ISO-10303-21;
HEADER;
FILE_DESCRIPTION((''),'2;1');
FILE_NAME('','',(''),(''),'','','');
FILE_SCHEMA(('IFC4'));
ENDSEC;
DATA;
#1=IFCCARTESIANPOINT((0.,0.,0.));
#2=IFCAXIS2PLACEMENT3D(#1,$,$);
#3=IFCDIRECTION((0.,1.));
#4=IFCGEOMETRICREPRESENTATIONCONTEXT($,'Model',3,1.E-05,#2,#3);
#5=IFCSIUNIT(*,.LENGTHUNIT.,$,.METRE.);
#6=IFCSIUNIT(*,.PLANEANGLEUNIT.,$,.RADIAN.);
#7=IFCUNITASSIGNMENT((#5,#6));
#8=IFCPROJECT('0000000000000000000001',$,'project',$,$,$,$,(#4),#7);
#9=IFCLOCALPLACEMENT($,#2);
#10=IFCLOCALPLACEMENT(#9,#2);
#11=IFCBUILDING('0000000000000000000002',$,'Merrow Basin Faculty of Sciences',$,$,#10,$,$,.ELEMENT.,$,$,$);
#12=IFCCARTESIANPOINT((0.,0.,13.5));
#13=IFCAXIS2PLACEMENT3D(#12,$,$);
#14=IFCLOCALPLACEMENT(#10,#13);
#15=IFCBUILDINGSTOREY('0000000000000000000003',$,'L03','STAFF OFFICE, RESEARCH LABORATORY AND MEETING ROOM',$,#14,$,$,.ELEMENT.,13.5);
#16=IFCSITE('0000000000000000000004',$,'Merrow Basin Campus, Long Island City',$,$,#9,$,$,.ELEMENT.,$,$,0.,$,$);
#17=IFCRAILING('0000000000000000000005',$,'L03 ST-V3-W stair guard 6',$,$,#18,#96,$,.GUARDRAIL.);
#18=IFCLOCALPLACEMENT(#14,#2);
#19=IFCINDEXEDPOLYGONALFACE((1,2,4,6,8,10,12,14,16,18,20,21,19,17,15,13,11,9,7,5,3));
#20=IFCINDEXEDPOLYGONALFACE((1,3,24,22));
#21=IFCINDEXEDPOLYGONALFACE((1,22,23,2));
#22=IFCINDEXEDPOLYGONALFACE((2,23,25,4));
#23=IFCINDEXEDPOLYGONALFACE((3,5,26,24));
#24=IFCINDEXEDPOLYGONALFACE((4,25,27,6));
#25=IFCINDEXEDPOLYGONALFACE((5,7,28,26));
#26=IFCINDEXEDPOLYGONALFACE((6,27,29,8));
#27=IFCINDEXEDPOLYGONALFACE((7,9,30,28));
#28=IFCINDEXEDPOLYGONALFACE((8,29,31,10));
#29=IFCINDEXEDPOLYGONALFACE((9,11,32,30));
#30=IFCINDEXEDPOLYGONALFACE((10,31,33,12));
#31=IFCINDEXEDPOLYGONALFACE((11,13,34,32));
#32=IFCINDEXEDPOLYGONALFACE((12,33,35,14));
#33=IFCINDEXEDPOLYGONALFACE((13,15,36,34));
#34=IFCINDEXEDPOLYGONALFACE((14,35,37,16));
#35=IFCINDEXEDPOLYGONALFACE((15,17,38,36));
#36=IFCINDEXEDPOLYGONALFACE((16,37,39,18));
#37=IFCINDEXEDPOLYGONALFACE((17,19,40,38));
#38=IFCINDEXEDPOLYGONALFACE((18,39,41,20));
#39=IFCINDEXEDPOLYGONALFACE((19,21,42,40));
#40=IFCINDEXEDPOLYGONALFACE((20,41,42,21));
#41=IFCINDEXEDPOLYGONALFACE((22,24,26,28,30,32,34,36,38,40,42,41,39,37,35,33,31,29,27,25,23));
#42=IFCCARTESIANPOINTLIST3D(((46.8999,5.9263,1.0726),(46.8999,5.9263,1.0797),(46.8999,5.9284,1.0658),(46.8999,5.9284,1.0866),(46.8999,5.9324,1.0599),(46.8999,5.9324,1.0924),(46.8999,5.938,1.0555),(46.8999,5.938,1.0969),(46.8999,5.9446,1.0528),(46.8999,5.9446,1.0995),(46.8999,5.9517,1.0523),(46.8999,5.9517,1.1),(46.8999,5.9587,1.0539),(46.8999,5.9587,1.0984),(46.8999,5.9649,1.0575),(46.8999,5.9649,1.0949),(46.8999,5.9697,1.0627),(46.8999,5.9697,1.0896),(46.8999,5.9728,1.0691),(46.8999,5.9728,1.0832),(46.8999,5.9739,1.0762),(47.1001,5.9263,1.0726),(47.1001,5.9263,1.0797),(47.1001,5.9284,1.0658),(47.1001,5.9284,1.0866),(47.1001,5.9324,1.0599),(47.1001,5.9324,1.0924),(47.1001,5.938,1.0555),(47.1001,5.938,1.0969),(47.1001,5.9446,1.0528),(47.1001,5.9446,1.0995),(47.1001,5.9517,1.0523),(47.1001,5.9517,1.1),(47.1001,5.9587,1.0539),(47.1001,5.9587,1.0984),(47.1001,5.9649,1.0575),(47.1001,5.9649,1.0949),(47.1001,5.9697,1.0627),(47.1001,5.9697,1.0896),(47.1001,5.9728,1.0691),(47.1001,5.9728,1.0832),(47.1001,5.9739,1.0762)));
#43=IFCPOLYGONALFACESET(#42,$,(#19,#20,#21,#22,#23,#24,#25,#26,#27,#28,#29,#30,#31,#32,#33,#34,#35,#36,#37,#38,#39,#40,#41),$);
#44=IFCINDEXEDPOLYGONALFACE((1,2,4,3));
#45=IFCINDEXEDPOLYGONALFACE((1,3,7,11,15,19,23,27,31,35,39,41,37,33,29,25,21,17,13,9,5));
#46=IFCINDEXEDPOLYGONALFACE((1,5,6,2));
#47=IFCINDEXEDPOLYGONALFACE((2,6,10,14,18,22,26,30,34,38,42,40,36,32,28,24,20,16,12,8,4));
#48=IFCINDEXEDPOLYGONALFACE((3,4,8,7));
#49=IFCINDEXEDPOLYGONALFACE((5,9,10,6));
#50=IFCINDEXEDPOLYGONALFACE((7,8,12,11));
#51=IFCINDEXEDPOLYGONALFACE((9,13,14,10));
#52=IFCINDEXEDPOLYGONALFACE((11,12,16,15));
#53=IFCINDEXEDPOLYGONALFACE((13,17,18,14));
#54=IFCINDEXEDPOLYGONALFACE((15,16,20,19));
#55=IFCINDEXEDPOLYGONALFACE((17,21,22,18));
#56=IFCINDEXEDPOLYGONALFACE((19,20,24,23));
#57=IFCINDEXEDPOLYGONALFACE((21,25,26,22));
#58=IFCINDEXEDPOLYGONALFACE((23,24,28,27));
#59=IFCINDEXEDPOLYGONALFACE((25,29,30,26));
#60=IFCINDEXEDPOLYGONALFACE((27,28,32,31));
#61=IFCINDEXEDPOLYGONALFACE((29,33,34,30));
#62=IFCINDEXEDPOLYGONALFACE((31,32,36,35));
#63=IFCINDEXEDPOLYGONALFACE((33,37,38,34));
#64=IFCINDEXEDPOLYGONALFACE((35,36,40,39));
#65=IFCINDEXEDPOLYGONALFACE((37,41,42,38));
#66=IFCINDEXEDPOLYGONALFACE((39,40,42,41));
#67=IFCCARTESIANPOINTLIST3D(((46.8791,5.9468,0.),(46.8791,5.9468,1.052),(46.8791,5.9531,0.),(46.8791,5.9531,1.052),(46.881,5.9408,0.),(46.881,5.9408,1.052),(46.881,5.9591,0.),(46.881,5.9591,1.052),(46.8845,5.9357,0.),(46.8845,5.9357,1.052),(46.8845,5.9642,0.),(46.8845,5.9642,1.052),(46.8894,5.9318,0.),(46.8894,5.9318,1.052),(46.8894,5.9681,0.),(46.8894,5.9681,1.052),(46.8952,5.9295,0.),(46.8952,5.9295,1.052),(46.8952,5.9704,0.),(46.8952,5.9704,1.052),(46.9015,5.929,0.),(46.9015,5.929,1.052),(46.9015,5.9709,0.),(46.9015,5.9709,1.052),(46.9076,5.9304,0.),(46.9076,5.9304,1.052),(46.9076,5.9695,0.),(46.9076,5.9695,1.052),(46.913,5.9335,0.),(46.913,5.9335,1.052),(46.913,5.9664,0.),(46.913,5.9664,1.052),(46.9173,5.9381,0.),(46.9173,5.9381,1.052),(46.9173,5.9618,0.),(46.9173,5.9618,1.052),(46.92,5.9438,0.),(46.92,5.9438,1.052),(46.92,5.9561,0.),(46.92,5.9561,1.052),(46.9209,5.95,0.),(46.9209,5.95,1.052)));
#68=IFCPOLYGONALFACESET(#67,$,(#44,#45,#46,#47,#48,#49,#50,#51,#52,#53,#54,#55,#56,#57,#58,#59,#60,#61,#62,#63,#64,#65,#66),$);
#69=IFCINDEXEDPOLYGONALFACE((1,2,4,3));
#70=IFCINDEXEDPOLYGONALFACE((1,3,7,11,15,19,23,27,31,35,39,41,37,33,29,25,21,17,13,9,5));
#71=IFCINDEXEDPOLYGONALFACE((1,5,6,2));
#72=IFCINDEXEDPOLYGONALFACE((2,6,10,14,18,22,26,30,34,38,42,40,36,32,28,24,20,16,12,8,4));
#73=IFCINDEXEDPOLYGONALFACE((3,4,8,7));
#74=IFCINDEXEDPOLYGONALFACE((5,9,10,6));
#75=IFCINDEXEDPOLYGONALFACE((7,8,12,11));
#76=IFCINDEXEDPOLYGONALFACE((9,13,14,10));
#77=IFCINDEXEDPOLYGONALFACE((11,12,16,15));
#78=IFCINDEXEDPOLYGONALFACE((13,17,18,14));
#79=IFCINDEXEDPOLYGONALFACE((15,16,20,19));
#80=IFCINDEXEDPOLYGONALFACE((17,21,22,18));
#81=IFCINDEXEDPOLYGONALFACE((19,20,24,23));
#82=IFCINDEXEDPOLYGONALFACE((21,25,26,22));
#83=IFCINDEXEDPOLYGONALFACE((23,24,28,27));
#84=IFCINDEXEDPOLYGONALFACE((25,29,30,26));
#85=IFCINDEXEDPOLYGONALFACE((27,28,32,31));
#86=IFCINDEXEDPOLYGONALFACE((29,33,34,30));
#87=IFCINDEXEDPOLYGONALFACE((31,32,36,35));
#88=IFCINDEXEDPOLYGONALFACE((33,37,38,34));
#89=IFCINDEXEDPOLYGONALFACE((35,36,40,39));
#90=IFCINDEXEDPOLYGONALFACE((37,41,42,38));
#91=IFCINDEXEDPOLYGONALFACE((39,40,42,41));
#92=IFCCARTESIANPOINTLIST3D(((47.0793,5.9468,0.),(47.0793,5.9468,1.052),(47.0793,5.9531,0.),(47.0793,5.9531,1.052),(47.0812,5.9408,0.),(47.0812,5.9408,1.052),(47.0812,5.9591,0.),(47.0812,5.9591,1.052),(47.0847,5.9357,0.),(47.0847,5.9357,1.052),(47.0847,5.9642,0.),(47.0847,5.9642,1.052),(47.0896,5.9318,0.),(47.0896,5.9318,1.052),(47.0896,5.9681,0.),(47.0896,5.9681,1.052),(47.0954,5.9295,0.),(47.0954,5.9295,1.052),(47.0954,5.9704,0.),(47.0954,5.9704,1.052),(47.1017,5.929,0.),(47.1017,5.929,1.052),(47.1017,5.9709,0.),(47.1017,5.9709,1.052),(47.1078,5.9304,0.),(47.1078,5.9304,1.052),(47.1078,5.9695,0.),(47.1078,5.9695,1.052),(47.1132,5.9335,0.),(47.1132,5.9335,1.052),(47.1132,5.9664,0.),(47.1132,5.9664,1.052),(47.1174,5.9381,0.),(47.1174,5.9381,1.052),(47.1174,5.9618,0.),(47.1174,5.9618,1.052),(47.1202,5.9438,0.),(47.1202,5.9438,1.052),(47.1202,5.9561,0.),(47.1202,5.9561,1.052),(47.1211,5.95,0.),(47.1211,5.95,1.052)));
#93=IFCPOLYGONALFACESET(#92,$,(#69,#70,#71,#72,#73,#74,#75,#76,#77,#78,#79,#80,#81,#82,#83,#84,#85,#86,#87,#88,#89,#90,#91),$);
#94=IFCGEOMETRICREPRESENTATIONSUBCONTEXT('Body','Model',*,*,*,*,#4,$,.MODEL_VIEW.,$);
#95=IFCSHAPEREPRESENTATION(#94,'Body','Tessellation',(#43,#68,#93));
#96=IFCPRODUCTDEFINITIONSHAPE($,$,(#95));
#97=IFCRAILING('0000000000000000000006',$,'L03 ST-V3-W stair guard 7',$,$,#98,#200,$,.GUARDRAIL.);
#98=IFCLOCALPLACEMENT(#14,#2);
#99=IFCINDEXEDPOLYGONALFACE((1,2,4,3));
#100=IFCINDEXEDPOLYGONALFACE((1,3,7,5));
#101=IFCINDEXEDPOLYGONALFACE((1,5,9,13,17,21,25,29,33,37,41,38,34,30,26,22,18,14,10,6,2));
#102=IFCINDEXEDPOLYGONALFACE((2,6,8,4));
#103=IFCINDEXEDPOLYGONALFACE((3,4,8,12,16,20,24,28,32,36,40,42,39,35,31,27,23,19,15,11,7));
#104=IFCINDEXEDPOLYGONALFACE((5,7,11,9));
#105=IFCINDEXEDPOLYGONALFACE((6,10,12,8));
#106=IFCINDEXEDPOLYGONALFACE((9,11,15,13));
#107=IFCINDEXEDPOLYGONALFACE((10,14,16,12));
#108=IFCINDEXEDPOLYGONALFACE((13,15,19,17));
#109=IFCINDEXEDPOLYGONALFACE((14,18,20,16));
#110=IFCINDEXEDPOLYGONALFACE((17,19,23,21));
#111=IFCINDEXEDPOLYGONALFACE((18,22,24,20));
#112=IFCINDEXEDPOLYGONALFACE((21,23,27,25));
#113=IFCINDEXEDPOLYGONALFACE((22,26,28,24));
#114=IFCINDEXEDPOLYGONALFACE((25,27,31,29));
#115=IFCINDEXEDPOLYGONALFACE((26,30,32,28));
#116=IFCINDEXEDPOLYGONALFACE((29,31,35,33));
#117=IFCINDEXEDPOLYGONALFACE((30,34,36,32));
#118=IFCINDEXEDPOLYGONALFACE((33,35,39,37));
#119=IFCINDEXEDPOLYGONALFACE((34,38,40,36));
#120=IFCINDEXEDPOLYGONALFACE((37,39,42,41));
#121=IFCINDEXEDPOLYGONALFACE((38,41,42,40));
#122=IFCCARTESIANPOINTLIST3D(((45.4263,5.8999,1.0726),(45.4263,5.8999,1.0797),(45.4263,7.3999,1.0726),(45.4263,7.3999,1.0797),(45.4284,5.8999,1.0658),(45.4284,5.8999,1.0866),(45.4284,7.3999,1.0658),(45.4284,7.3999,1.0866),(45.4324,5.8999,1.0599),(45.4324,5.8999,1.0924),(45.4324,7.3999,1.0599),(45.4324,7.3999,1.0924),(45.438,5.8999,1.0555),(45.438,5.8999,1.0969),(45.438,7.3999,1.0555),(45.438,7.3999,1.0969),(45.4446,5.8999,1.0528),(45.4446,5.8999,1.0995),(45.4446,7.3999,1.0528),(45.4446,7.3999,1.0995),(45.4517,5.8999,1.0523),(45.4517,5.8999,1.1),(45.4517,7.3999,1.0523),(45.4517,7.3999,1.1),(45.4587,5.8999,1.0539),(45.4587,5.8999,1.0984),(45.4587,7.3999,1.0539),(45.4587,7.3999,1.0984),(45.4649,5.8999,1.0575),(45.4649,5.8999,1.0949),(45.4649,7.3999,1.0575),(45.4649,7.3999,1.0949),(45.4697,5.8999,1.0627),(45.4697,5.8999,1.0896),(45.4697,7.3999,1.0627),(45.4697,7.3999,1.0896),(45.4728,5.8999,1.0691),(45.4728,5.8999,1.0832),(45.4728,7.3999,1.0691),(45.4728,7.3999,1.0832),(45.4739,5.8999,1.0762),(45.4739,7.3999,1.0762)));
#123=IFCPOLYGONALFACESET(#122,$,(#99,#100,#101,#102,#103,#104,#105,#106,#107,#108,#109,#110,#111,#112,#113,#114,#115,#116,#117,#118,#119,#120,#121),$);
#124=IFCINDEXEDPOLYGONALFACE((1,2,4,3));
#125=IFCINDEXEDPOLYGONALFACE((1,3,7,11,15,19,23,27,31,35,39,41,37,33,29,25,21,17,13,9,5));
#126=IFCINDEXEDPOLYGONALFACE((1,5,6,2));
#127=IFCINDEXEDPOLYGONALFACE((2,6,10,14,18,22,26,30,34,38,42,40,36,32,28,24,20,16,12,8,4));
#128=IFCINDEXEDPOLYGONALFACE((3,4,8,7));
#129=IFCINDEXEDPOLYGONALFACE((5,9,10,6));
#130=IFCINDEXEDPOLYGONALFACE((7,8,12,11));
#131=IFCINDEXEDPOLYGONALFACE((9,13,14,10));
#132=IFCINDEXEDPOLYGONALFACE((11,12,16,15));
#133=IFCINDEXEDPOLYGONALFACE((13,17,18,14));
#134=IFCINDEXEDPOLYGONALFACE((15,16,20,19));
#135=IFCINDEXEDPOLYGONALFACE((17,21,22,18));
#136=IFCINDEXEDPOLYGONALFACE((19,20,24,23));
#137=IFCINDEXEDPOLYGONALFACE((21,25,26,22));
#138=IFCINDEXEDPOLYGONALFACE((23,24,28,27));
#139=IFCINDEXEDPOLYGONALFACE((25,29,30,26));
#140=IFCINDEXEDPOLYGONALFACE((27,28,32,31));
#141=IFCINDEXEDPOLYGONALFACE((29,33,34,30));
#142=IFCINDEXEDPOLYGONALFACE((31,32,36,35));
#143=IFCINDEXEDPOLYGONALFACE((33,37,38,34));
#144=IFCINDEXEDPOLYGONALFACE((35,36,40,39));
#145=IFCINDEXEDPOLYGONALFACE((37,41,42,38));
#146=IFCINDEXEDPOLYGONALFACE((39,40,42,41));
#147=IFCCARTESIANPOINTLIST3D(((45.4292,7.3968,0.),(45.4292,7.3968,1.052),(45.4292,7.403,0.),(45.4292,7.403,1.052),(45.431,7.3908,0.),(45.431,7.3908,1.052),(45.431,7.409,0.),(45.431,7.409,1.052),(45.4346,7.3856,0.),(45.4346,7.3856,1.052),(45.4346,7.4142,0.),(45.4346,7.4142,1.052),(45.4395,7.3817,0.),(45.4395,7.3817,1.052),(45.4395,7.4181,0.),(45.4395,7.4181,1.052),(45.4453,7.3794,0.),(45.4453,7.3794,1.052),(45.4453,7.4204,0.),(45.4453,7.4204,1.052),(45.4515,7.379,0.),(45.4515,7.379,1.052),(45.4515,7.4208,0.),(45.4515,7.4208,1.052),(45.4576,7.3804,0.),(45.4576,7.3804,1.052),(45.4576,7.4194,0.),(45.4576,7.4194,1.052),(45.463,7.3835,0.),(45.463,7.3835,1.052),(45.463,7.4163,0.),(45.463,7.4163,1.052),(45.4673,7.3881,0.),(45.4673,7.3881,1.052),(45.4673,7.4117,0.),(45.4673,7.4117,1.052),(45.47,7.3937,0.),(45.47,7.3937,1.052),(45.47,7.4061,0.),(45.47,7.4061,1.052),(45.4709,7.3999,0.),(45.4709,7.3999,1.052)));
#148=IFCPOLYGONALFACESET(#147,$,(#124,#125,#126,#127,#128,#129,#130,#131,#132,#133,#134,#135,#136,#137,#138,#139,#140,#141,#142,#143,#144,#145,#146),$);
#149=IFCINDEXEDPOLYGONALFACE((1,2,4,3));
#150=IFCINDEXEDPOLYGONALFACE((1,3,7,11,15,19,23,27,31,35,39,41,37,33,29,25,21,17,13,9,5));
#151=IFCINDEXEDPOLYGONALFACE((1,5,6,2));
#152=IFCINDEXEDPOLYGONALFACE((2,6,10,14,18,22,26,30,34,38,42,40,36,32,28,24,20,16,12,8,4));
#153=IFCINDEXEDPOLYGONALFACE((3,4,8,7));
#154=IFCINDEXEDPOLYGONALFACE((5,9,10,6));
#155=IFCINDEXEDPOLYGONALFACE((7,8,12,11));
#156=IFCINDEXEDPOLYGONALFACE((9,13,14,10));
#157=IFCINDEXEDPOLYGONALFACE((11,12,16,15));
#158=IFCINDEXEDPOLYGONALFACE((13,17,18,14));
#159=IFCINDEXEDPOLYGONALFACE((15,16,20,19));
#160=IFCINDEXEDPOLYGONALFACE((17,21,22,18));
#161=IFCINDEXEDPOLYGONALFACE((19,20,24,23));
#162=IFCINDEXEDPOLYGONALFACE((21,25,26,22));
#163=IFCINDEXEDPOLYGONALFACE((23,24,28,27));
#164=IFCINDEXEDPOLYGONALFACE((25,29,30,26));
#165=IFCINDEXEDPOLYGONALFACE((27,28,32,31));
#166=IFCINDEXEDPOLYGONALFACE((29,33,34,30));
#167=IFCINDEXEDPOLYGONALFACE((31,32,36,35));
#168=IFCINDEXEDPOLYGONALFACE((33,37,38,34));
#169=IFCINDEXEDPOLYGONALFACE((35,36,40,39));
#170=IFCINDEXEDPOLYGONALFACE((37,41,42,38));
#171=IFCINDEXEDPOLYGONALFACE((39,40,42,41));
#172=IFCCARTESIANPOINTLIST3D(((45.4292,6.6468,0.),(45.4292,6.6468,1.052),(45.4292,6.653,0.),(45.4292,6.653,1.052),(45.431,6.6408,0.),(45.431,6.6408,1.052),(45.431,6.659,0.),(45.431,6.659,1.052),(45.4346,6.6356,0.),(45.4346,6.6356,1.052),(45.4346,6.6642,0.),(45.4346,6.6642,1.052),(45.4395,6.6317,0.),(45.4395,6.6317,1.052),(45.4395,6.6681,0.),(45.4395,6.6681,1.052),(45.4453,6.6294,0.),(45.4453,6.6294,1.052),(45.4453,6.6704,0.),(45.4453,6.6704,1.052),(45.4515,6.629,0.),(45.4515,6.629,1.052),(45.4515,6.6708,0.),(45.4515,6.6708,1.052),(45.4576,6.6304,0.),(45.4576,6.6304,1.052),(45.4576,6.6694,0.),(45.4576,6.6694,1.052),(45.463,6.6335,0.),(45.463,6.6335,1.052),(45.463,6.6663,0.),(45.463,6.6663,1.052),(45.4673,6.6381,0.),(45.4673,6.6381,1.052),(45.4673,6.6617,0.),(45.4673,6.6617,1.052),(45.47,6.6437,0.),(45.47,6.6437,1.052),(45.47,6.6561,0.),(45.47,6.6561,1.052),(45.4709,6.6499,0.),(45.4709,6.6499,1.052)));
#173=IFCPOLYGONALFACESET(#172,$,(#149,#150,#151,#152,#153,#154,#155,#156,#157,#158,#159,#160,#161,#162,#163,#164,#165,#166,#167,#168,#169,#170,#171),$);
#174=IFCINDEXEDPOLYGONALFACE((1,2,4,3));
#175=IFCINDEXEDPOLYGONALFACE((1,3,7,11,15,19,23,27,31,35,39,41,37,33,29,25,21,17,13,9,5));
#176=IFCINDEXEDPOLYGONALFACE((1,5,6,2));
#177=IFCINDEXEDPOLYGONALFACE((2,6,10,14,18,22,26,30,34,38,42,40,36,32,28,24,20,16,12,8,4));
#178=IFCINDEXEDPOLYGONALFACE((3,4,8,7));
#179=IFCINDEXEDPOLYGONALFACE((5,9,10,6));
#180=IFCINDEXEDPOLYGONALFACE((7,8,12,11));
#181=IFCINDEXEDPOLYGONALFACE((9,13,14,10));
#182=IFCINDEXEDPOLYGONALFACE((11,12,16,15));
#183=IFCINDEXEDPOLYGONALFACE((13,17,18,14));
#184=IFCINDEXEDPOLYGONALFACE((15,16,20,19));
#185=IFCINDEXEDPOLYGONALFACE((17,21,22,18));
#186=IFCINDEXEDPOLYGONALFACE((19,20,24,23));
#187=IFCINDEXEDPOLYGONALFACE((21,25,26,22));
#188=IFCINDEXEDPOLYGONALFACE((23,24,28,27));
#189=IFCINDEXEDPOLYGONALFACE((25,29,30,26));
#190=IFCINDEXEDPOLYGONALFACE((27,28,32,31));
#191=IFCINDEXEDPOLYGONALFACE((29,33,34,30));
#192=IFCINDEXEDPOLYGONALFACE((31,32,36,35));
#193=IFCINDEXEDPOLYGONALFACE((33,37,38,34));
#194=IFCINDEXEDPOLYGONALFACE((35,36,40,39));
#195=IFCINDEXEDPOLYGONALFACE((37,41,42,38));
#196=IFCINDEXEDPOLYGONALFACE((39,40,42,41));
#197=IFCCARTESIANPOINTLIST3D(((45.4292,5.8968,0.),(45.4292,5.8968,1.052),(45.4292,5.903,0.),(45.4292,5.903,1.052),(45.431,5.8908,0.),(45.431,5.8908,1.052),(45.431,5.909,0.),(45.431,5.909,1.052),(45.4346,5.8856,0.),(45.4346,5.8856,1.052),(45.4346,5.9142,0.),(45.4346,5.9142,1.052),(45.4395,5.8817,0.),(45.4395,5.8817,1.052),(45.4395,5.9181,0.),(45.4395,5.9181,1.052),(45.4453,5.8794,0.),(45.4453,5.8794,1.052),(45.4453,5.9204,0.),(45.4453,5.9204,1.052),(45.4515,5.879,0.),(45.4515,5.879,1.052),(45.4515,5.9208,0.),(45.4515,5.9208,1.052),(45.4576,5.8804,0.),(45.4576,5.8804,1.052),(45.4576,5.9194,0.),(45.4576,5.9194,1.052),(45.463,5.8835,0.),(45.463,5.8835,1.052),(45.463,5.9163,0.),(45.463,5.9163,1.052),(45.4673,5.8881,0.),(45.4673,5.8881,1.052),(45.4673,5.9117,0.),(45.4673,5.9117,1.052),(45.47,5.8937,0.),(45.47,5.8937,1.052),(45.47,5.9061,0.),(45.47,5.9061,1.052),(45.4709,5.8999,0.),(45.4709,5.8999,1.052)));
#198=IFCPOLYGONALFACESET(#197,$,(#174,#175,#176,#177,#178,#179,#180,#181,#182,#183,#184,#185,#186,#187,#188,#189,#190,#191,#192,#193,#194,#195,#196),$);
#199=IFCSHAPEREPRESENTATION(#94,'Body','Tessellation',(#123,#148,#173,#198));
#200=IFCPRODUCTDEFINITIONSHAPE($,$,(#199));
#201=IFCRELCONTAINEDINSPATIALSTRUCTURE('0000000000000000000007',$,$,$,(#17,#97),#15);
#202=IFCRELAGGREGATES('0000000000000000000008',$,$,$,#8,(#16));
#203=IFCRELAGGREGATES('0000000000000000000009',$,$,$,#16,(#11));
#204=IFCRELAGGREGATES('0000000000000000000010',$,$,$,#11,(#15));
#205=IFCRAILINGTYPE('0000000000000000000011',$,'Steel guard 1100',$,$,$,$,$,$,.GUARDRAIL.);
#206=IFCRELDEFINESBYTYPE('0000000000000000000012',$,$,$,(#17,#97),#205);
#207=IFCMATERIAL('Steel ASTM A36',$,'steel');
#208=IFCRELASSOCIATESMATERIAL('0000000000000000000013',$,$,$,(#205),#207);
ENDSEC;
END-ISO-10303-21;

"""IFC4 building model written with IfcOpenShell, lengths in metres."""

from ifc_helpers import new_model, si_unit, direction, frame, origin, origin_2d, place, context, subcontext, project, spatial, circle, extrude, material, type_object, element, save


model = new_model("IFC4")

# Units and contexts
model_context = context("Model", 3, precision=1e-05, world=origin(), true_north=direction((0.0, 1.0)))
body_context = subcontext(model_context, "Body", "Model", "MODEL_VIEW")
ifc_project = project(units=[si_unit("LENGTHUNIT", "METRE"), si_unit("PLANEANGLEUNIT", "RADIAN")], contexts=[model_context])

# Site, building, storey
site_placement = place(None, origin())
site = spatial("IfcSite", under=ifc_project, at=site_placement, Name="Merrow Basin Campus, Long Island City", CompositionType="ELEMENT", RefElevation=0.0)
building_placement = place(site_placement, origin())
building = spatial("IfcBuilding", under=site, at=building_placement, Name="Merrow Basin Faculty of Sciences", CompositionType="ELEMENT")
storey_placement = place(building_placement, frame((0.0, 0.0, 13.5)))
storey = spatial("IfcBuildingStorey", under=building, at=storey_placement, Name="L03", Description="STAFF OFFICE, RESEARCH LABORATORY AND MEETING ROOM", CompositionType="ELEMENT", Elevation=13.5)

# Railings
ifc_material_1 = material(Name="Steel ASTM A36", Category="steel")
railing_type_1 = type_object("IfcRailingType", Name="Steel guard 1100", PredefinedType="GUARDRAIL", material=ifc_material_1)
railing_1_placement = place(storey_placement, frame((46.8999, 5.95, 0.0)))
element("IfcRailing", 1, at=railing_1_placement, inside=storey, type_object=railing_type_1, Name="L03 ST-V3-W stair guard 6", PredefinedType="GUARDRAIL", context=body_context, shape_type="SweptSolid", body=[
    extrude(circle(Radius=0.0239, at=origin_2d()), frame((0.0, 0.0, 1.0762), z_axis=(1.0, 0.0, 0.0), x_axis=(0.0, 1.0, 0.0)), (0.0, 0.0, 1.0), 0.2002),
    extrude(circle(Radius=0.021, at=origin_2d()), origin(), (0.0, 0.0, 1.0), 1.052),
    extrude(circle(Radius=0.021, at=origin_2d()), frame((0.2002, 0.0, 0.0)), (0.0, 0.0, 1.0), 1.052),
])
railing_2_placement = place(storey_placement, frame((45.45, 7.3999, 0.0)))
element("IfcRailing", 2, at=railing_2_placement, inside=storey, type_object=railing_type_1, Name="L03 ST-V3-W stair guard 7", PredefinedType="GUARDRAIL", context=body_context, shape_type="SweptSolid", body=[
    extrude(circle(Radius=0.0239, at=origin_2d()), frame((0.0, 0.0, 1.0762), z_axis=(0.0, -1.0, 0.0), x_axis=(1.0, 0.0, 0.0)), (0.0, 0.0, 1.0), 1.5),
    extrude(circle(Radius=0.021, at=origin_2d()), origin(), (0.0, 0.0, 1.0), 1.052),
    extrude(circle(Radius=0.021, at=origin_2d()), frame((0.0, -0.75, 0.0)), (0.0, 0.0, 1.0), 1.052),
    extrude(circle(Radius=0.021, at=origin_2d()), frame((0.0, -1.5, 0.0)), (0.0, 0.0, 1.0), 1.052),
])

save(model, "model.ifc")
